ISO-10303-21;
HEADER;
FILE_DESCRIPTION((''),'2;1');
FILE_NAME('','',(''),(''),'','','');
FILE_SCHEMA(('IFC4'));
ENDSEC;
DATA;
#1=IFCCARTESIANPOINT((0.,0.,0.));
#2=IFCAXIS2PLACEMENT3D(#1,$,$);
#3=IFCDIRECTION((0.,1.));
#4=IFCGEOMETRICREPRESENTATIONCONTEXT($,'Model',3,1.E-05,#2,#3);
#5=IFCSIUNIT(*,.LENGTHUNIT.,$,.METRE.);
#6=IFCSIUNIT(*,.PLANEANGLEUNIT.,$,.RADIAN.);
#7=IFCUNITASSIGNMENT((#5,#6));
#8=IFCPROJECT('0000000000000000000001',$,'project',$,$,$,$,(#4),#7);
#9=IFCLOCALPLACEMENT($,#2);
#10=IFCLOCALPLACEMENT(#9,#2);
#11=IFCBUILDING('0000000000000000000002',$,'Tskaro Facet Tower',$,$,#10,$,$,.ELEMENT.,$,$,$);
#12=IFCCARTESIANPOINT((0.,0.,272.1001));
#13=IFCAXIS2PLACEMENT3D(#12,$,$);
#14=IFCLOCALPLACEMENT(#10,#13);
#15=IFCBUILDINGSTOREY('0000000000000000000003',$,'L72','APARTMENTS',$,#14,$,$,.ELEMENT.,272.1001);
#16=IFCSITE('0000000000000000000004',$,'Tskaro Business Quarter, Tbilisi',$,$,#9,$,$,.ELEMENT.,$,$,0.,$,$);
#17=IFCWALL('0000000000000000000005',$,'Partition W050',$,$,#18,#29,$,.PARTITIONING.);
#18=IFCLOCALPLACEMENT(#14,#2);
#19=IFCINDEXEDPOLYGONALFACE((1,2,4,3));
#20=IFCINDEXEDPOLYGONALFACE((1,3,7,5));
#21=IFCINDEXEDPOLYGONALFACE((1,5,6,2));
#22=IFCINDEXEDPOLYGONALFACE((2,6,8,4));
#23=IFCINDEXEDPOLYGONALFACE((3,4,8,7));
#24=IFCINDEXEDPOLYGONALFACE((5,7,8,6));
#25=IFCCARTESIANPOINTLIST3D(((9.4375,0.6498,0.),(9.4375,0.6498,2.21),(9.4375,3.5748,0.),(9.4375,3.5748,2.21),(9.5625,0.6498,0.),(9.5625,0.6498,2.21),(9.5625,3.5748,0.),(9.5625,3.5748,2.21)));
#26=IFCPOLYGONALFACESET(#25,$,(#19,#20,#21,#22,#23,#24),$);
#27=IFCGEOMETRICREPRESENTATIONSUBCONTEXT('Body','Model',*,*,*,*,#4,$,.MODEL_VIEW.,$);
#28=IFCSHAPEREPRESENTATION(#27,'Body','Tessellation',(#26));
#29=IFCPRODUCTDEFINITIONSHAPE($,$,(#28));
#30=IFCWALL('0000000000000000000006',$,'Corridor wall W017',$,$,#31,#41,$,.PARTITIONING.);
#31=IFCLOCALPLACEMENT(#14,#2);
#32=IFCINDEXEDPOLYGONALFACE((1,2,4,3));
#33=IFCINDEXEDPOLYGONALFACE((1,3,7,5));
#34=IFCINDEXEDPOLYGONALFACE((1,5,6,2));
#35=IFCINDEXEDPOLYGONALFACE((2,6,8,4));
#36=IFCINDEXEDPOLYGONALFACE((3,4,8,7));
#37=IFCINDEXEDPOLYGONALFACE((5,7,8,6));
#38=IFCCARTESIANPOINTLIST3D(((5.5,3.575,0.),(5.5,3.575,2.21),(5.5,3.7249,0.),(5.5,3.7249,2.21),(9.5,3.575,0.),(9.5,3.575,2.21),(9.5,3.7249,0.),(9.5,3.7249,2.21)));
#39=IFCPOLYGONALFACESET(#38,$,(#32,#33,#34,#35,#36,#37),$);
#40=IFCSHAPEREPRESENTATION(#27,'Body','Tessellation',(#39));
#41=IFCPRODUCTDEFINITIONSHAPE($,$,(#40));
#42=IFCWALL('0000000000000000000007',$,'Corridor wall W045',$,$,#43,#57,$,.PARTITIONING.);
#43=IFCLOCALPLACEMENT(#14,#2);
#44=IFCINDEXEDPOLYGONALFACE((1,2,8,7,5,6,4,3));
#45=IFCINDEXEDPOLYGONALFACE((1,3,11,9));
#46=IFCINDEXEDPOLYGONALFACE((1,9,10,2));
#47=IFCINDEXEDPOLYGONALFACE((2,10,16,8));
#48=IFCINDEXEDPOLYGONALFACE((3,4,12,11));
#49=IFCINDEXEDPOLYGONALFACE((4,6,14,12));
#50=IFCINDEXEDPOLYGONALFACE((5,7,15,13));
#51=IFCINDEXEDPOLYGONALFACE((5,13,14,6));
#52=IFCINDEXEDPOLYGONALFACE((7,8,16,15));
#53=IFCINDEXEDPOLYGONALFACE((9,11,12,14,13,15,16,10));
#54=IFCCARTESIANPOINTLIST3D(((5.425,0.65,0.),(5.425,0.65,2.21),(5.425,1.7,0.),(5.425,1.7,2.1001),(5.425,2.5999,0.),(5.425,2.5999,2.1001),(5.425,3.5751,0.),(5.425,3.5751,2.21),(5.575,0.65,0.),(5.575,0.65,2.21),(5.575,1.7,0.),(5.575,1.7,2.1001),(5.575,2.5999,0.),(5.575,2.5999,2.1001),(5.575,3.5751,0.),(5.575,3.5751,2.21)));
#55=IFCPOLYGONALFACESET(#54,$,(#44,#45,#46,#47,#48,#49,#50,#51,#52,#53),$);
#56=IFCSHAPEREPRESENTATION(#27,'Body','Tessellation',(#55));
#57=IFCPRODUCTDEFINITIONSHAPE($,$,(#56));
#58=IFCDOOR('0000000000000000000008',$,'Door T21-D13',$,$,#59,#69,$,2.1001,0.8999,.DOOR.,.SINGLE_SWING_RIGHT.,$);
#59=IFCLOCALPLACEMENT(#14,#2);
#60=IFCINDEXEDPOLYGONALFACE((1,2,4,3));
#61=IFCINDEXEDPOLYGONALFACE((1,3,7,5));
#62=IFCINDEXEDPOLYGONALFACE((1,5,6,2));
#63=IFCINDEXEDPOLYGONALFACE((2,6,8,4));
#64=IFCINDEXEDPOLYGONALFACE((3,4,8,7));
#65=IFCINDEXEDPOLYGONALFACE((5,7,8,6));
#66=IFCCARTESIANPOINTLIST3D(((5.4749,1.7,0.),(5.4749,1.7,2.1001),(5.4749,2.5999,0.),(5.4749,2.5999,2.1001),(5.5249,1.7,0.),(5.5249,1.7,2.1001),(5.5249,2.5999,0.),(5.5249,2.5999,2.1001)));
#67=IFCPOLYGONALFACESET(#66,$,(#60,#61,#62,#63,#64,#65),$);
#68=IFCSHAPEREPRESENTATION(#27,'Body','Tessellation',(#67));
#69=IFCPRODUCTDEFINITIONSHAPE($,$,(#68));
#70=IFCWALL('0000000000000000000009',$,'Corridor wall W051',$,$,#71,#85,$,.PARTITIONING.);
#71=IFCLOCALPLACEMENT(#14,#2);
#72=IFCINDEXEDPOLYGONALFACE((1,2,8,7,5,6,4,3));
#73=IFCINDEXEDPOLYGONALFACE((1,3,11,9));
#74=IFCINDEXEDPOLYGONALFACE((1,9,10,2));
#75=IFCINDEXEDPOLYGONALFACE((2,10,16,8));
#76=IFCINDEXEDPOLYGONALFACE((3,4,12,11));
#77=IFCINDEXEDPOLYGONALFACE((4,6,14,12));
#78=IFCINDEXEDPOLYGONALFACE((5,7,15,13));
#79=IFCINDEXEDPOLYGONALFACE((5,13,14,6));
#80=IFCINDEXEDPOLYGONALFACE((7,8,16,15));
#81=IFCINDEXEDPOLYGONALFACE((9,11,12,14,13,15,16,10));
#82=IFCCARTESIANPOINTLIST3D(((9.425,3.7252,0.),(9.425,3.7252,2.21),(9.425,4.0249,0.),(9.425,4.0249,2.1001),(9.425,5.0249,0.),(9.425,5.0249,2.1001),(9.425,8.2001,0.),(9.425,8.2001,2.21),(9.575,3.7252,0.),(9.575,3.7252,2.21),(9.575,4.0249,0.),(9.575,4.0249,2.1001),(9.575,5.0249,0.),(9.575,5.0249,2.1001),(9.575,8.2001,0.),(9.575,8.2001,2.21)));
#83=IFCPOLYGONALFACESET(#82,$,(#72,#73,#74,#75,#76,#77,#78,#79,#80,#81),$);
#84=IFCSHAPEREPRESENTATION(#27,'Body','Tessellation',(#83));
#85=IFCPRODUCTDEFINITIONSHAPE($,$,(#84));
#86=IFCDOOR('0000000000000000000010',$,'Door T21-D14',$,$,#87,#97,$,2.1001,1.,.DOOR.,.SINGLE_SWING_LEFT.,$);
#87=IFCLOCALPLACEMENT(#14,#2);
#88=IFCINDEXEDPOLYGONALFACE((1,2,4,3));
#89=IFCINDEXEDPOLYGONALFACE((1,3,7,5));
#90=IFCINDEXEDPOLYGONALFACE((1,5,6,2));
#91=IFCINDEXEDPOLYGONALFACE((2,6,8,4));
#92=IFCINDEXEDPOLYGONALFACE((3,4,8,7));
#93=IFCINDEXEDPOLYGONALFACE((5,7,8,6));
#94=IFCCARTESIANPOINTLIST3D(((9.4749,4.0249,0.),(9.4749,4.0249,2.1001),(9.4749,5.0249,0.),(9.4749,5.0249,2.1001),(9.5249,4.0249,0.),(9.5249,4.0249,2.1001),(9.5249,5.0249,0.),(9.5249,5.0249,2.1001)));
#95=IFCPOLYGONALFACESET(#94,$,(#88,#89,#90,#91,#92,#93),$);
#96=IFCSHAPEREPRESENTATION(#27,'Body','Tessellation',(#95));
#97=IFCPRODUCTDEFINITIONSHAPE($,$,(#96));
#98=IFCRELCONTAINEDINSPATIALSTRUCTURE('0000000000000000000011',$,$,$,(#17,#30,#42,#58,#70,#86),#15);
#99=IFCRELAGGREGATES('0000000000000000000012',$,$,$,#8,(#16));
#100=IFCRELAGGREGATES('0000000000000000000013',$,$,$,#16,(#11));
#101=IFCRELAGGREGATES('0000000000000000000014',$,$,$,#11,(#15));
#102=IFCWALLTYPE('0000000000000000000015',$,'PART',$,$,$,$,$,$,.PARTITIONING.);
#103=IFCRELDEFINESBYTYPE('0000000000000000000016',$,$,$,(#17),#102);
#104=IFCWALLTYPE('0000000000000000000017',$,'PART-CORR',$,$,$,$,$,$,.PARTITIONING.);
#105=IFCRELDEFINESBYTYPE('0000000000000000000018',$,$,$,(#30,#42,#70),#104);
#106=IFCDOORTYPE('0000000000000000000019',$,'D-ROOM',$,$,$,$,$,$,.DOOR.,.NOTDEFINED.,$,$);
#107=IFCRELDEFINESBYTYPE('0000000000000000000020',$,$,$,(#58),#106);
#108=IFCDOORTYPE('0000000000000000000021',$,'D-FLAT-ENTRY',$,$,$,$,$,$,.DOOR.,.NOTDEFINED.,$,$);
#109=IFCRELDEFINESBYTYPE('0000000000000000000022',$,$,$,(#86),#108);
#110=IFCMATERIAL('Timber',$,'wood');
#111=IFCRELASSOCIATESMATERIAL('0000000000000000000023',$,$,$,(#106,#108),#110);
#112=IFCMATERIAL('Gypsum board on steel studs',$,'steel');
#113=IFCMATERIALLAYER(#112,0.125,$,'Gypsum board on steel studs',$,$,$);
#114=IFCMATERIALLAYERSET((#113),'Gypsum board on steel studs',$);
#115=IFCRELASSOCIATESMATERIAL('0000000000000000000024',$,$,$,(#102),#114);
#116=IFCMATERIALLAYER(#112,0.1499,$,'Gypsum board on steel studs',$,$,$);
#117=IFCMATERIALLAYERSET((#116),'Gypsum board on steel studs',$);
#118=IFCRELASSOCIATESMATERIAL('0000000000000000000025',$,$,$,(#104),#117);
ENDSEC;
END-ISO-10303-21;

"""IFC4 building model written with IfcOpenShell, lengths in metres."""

from ifc_helpers import new_model, si_unit, direction, frame, frame_2d, origin, place, context, subcontext, project, spatial, rectangle, extrude, material, layer, layer_set, type_object, element, fill, save


model = new_model("IFC4")

# Units and contexts
model_context = context("Model", 3, precision=1e-05, world=origin(), true_north=direction((0.0, 1.0)))
body_context = subcontext(model_context, "Body", "Model", "MODEL_VIEW")
ifc_project = project(units=[si_unit("LENGTHUNIT", "METRE"), si_unit("PLANEANGLEUNIT", "RADIAN")], contexts=[model_context])

# Site, building, storey
site_placement = place(None, origin())
site = spatial("IfcSite", under=ifc_project, at=site_placement, Name="Tskaro Business Quarter, Tbilisi", CompositionType="ELEMENT", RefElevation=0.0)
building_placement = place(site_placement, origin())
building = spatial("IfcBuilding", under=site, at=building_placement, Name="Tskaro Facet Tower", CompositionType="ELEMENT")
storey_placement = place(building_placement, frame((0.0, 0.0, 272.1001)))
storey = spatial("IfcBuildingStorey", under=building, at=storey_placement, Name="L72", Description="APARTMENTS", CompositionType="ELEMENT", Elevation=272.1001)

# Shared definitions
ifc_material_1 = material(Name="Timber", Category="wood")
door_type_1 = type_object("IfcDoorType", Name="D-ROOM", OperationType="NOTDEFINED", PredefinedType="DOOR", material=ifc_material_1)

# Shared definitions
ifc_material_2 = material(Name="Gypsum board on steel studs", Category="steel")
ifc_layer_1 = layer(ifc_material_2, 0.125, Name="Gypsum board on steel studs")
ifc_layer_set_1 = layer_set([ifc_layer_1], Name="Gypsum board on steel studs")
wall_type_1 = type_object("IfcWallType", Name="PART", PredefinedType="PARTITIONING", material=ifc_layer_set_1)

# Walls
wall_1_placement = place(storey_placement, frame((9.5, 0.6499, 0.0), z_axis=(0.0, 0.0, 1.0), x_axis=(0.0, 1.0, 0.0)))
element("IfcWall", 1, at=wall_1_placement, inside=storey, type_object=wall_type_1, Name="Partition W050", PredefinedType="PARTITIONING", context=body_context, shape_type="SweptSolid", body=[
    extrude(rectangle(XDim=2.925, YDim=0.125, at=frame_2d((1.4624, 0.0))), origin(), (0.0, 0.0, 1.0), 2.21),
])
ifc_layer_2 = layer(ifc_material_2, 0.1499, Name="Gypsum board on steel studs")
ifc_layer_set_2 = layer_set([ifc_layer_2], Name="Gypsum board on steel studs")
wall_type_2 = type_object("IfcWallType", Name="PART-CORR", PredefinedType="PARTITIONING", material=ifc_layer_set_2)
wall_2_placement = place(storey_placement, frame((5.5, 3.6499, 0.0), z_axis=(0.0, 0.0, 1.0), x_axis=(1.0, 0.0, 0.0)))
element("IfcWall", 2, at=wall_2_placement, inside=storey, type_object=wall_type_2, Name="Corridor wall W017", PredefinedType="PARTITIONING", context=body_context, shape_type="SweptSolid", body=[
    extrude(rectangle(XDim=4.0, YDim=0.1499, at=frame_2d((2.0, 0.0))), origin(), (0.0, 0.0, 1.0), 2.21),
])

# Walls, openings, doors
wall_3_placement = place(storey_placement, frame((5.5, 3.575, 0.0), z_axis=(0.0, 0.0, 1.0), x_axis=(0.0, -1.0, 0.0)))
wall_3 = element("IfcWall", 3, at=wall_3_placement, inside=storey, type_object=wall_type_2, Name="Corridor wall W045", PredefinedType="PARTITIONING", context=body_context, shape_type="SweptSolid", body=[
    extrude(rectangle(XDim=2.925, YDim=0.1499, at=frame_2d((1.4624, 0.0))), origin(), (0.0, 0.0, 1.0), 2.21),
])
opening_1_placement = place(wall_3_placement, frame((0.9751, 0.0, 0.0)))
opening_1 = element("IfcOpeningElement", 4, at=opening_1_placement, cuts=wall_3, PredefinedType="OPENING", context=body_context, shape_type="SweptSolid", body=[
    extrude(rectangle(XDim=0.8999, YDim=2.1001, at=frame_2d((0.45, 1.05))), frame((0.0, 0.085, 0.0), z_axis=(0.0, -1.0, 0.0), x_axis=(1.0, 0.0, 0.0)), (0.0, 0.0, 1.0), 0.1699),
])
door_1_placement = place(opening_1_placement, origin())
door_1 = element("IfcDoor", 5, at=door_1_placement, inside=storey, type_object=door_type_1, Name="Door T21-D13", OperationType="SINGLE_SWING_RIGHT", OverallHeight=2.1001, OverallWidth=0.8999, PredefinedType="DOOR", context=body_context, shape_type="SweptSolid", body=[
    extrude(rectangle(XDim=0.8999, YDim=2.1001, at=frame_2d((0.45, 1.05))), frame((0.0, 0.0249, 0.0), z_axis=(0.0, -1.0, 0.0), x_axis=(1.0, 0.0, 0.0)), (0.0, 0.0, 1.0), 0.05),
])
fill(opening_1, door_1)
wall_4_placement = place(storey_placement, frame((9.5, 8.2, 0.0), z_axis=(0.0, 0.0, 1.0), x_axis=(0.0, -1.0, 0.0)))
wall_4 = element("IfcWall", 6, at=wall_4_placement, inside=storey, type_object=wall_type_2, Name="Corridor wall W051", PredefinedType="PARTITIONING", context=body_context, shape_type="SweptSolid", body=[
    extrude(rectangle(XDim=4.4749, YDim=0.1499, at=frame_2d((2.2373, 0.0))), origin(), (0.0, 0.0, 1.0), 2.21),
])
opening_2_placement = place(wall_4_placement, frame((3.175, 0.0, 0.0)))
opening_2 = element("IfcOpeningElement", 7, at=opening_2_placement, cuts=wall_4, PredefinedType="OPENING", context=body_context, shape_type="SweptSolid", body=[
    extrude(rectangle(XDim=1.0, YDim=2.1001, at=frame_2d((0.5, 1.05))), frame((0.0, 0.085, 0.0), z_axis=(0.0, -1.0, 0.0), x_axis=(1.0, 0.0, 0.0)), (0.0, 0.0, 1.0), 0.1699),
])
door_type_2 = type_object("IfcDoorType", Name="D-FLAT-ENTRY", OperationType="NOTDEFINED", PredefinedType="DOOR", material=ifc_material_1)
door_2_placement = place(opening_2_placement, origin())
door_2 = element("IfcDoor", 8, at=door_2_placement, inside=storey, type_object=door_type_2, Name="Door T21-D14", OperationType="SINGLE_SWING_LEFT", OverallHeight=2.1001, OverallWidth=1.0, PredefinedType="DOOR", context=body_context, shape_type="SweptSolid", body=[
    extrude(rectangle(XDim=1.0, YDim=2.1001, at=frame_2d((0.5, 1.05))), frame((0.0, 0.0249, 0.0), z_axis=(0.0, -1.0, 0.0), x_axis=(1.0, 0.0, 0.0)), (0.0, 0.0, 1.0), 0.05),
])
fill(opening_2, door_2)

save(model, "model.ifc")
